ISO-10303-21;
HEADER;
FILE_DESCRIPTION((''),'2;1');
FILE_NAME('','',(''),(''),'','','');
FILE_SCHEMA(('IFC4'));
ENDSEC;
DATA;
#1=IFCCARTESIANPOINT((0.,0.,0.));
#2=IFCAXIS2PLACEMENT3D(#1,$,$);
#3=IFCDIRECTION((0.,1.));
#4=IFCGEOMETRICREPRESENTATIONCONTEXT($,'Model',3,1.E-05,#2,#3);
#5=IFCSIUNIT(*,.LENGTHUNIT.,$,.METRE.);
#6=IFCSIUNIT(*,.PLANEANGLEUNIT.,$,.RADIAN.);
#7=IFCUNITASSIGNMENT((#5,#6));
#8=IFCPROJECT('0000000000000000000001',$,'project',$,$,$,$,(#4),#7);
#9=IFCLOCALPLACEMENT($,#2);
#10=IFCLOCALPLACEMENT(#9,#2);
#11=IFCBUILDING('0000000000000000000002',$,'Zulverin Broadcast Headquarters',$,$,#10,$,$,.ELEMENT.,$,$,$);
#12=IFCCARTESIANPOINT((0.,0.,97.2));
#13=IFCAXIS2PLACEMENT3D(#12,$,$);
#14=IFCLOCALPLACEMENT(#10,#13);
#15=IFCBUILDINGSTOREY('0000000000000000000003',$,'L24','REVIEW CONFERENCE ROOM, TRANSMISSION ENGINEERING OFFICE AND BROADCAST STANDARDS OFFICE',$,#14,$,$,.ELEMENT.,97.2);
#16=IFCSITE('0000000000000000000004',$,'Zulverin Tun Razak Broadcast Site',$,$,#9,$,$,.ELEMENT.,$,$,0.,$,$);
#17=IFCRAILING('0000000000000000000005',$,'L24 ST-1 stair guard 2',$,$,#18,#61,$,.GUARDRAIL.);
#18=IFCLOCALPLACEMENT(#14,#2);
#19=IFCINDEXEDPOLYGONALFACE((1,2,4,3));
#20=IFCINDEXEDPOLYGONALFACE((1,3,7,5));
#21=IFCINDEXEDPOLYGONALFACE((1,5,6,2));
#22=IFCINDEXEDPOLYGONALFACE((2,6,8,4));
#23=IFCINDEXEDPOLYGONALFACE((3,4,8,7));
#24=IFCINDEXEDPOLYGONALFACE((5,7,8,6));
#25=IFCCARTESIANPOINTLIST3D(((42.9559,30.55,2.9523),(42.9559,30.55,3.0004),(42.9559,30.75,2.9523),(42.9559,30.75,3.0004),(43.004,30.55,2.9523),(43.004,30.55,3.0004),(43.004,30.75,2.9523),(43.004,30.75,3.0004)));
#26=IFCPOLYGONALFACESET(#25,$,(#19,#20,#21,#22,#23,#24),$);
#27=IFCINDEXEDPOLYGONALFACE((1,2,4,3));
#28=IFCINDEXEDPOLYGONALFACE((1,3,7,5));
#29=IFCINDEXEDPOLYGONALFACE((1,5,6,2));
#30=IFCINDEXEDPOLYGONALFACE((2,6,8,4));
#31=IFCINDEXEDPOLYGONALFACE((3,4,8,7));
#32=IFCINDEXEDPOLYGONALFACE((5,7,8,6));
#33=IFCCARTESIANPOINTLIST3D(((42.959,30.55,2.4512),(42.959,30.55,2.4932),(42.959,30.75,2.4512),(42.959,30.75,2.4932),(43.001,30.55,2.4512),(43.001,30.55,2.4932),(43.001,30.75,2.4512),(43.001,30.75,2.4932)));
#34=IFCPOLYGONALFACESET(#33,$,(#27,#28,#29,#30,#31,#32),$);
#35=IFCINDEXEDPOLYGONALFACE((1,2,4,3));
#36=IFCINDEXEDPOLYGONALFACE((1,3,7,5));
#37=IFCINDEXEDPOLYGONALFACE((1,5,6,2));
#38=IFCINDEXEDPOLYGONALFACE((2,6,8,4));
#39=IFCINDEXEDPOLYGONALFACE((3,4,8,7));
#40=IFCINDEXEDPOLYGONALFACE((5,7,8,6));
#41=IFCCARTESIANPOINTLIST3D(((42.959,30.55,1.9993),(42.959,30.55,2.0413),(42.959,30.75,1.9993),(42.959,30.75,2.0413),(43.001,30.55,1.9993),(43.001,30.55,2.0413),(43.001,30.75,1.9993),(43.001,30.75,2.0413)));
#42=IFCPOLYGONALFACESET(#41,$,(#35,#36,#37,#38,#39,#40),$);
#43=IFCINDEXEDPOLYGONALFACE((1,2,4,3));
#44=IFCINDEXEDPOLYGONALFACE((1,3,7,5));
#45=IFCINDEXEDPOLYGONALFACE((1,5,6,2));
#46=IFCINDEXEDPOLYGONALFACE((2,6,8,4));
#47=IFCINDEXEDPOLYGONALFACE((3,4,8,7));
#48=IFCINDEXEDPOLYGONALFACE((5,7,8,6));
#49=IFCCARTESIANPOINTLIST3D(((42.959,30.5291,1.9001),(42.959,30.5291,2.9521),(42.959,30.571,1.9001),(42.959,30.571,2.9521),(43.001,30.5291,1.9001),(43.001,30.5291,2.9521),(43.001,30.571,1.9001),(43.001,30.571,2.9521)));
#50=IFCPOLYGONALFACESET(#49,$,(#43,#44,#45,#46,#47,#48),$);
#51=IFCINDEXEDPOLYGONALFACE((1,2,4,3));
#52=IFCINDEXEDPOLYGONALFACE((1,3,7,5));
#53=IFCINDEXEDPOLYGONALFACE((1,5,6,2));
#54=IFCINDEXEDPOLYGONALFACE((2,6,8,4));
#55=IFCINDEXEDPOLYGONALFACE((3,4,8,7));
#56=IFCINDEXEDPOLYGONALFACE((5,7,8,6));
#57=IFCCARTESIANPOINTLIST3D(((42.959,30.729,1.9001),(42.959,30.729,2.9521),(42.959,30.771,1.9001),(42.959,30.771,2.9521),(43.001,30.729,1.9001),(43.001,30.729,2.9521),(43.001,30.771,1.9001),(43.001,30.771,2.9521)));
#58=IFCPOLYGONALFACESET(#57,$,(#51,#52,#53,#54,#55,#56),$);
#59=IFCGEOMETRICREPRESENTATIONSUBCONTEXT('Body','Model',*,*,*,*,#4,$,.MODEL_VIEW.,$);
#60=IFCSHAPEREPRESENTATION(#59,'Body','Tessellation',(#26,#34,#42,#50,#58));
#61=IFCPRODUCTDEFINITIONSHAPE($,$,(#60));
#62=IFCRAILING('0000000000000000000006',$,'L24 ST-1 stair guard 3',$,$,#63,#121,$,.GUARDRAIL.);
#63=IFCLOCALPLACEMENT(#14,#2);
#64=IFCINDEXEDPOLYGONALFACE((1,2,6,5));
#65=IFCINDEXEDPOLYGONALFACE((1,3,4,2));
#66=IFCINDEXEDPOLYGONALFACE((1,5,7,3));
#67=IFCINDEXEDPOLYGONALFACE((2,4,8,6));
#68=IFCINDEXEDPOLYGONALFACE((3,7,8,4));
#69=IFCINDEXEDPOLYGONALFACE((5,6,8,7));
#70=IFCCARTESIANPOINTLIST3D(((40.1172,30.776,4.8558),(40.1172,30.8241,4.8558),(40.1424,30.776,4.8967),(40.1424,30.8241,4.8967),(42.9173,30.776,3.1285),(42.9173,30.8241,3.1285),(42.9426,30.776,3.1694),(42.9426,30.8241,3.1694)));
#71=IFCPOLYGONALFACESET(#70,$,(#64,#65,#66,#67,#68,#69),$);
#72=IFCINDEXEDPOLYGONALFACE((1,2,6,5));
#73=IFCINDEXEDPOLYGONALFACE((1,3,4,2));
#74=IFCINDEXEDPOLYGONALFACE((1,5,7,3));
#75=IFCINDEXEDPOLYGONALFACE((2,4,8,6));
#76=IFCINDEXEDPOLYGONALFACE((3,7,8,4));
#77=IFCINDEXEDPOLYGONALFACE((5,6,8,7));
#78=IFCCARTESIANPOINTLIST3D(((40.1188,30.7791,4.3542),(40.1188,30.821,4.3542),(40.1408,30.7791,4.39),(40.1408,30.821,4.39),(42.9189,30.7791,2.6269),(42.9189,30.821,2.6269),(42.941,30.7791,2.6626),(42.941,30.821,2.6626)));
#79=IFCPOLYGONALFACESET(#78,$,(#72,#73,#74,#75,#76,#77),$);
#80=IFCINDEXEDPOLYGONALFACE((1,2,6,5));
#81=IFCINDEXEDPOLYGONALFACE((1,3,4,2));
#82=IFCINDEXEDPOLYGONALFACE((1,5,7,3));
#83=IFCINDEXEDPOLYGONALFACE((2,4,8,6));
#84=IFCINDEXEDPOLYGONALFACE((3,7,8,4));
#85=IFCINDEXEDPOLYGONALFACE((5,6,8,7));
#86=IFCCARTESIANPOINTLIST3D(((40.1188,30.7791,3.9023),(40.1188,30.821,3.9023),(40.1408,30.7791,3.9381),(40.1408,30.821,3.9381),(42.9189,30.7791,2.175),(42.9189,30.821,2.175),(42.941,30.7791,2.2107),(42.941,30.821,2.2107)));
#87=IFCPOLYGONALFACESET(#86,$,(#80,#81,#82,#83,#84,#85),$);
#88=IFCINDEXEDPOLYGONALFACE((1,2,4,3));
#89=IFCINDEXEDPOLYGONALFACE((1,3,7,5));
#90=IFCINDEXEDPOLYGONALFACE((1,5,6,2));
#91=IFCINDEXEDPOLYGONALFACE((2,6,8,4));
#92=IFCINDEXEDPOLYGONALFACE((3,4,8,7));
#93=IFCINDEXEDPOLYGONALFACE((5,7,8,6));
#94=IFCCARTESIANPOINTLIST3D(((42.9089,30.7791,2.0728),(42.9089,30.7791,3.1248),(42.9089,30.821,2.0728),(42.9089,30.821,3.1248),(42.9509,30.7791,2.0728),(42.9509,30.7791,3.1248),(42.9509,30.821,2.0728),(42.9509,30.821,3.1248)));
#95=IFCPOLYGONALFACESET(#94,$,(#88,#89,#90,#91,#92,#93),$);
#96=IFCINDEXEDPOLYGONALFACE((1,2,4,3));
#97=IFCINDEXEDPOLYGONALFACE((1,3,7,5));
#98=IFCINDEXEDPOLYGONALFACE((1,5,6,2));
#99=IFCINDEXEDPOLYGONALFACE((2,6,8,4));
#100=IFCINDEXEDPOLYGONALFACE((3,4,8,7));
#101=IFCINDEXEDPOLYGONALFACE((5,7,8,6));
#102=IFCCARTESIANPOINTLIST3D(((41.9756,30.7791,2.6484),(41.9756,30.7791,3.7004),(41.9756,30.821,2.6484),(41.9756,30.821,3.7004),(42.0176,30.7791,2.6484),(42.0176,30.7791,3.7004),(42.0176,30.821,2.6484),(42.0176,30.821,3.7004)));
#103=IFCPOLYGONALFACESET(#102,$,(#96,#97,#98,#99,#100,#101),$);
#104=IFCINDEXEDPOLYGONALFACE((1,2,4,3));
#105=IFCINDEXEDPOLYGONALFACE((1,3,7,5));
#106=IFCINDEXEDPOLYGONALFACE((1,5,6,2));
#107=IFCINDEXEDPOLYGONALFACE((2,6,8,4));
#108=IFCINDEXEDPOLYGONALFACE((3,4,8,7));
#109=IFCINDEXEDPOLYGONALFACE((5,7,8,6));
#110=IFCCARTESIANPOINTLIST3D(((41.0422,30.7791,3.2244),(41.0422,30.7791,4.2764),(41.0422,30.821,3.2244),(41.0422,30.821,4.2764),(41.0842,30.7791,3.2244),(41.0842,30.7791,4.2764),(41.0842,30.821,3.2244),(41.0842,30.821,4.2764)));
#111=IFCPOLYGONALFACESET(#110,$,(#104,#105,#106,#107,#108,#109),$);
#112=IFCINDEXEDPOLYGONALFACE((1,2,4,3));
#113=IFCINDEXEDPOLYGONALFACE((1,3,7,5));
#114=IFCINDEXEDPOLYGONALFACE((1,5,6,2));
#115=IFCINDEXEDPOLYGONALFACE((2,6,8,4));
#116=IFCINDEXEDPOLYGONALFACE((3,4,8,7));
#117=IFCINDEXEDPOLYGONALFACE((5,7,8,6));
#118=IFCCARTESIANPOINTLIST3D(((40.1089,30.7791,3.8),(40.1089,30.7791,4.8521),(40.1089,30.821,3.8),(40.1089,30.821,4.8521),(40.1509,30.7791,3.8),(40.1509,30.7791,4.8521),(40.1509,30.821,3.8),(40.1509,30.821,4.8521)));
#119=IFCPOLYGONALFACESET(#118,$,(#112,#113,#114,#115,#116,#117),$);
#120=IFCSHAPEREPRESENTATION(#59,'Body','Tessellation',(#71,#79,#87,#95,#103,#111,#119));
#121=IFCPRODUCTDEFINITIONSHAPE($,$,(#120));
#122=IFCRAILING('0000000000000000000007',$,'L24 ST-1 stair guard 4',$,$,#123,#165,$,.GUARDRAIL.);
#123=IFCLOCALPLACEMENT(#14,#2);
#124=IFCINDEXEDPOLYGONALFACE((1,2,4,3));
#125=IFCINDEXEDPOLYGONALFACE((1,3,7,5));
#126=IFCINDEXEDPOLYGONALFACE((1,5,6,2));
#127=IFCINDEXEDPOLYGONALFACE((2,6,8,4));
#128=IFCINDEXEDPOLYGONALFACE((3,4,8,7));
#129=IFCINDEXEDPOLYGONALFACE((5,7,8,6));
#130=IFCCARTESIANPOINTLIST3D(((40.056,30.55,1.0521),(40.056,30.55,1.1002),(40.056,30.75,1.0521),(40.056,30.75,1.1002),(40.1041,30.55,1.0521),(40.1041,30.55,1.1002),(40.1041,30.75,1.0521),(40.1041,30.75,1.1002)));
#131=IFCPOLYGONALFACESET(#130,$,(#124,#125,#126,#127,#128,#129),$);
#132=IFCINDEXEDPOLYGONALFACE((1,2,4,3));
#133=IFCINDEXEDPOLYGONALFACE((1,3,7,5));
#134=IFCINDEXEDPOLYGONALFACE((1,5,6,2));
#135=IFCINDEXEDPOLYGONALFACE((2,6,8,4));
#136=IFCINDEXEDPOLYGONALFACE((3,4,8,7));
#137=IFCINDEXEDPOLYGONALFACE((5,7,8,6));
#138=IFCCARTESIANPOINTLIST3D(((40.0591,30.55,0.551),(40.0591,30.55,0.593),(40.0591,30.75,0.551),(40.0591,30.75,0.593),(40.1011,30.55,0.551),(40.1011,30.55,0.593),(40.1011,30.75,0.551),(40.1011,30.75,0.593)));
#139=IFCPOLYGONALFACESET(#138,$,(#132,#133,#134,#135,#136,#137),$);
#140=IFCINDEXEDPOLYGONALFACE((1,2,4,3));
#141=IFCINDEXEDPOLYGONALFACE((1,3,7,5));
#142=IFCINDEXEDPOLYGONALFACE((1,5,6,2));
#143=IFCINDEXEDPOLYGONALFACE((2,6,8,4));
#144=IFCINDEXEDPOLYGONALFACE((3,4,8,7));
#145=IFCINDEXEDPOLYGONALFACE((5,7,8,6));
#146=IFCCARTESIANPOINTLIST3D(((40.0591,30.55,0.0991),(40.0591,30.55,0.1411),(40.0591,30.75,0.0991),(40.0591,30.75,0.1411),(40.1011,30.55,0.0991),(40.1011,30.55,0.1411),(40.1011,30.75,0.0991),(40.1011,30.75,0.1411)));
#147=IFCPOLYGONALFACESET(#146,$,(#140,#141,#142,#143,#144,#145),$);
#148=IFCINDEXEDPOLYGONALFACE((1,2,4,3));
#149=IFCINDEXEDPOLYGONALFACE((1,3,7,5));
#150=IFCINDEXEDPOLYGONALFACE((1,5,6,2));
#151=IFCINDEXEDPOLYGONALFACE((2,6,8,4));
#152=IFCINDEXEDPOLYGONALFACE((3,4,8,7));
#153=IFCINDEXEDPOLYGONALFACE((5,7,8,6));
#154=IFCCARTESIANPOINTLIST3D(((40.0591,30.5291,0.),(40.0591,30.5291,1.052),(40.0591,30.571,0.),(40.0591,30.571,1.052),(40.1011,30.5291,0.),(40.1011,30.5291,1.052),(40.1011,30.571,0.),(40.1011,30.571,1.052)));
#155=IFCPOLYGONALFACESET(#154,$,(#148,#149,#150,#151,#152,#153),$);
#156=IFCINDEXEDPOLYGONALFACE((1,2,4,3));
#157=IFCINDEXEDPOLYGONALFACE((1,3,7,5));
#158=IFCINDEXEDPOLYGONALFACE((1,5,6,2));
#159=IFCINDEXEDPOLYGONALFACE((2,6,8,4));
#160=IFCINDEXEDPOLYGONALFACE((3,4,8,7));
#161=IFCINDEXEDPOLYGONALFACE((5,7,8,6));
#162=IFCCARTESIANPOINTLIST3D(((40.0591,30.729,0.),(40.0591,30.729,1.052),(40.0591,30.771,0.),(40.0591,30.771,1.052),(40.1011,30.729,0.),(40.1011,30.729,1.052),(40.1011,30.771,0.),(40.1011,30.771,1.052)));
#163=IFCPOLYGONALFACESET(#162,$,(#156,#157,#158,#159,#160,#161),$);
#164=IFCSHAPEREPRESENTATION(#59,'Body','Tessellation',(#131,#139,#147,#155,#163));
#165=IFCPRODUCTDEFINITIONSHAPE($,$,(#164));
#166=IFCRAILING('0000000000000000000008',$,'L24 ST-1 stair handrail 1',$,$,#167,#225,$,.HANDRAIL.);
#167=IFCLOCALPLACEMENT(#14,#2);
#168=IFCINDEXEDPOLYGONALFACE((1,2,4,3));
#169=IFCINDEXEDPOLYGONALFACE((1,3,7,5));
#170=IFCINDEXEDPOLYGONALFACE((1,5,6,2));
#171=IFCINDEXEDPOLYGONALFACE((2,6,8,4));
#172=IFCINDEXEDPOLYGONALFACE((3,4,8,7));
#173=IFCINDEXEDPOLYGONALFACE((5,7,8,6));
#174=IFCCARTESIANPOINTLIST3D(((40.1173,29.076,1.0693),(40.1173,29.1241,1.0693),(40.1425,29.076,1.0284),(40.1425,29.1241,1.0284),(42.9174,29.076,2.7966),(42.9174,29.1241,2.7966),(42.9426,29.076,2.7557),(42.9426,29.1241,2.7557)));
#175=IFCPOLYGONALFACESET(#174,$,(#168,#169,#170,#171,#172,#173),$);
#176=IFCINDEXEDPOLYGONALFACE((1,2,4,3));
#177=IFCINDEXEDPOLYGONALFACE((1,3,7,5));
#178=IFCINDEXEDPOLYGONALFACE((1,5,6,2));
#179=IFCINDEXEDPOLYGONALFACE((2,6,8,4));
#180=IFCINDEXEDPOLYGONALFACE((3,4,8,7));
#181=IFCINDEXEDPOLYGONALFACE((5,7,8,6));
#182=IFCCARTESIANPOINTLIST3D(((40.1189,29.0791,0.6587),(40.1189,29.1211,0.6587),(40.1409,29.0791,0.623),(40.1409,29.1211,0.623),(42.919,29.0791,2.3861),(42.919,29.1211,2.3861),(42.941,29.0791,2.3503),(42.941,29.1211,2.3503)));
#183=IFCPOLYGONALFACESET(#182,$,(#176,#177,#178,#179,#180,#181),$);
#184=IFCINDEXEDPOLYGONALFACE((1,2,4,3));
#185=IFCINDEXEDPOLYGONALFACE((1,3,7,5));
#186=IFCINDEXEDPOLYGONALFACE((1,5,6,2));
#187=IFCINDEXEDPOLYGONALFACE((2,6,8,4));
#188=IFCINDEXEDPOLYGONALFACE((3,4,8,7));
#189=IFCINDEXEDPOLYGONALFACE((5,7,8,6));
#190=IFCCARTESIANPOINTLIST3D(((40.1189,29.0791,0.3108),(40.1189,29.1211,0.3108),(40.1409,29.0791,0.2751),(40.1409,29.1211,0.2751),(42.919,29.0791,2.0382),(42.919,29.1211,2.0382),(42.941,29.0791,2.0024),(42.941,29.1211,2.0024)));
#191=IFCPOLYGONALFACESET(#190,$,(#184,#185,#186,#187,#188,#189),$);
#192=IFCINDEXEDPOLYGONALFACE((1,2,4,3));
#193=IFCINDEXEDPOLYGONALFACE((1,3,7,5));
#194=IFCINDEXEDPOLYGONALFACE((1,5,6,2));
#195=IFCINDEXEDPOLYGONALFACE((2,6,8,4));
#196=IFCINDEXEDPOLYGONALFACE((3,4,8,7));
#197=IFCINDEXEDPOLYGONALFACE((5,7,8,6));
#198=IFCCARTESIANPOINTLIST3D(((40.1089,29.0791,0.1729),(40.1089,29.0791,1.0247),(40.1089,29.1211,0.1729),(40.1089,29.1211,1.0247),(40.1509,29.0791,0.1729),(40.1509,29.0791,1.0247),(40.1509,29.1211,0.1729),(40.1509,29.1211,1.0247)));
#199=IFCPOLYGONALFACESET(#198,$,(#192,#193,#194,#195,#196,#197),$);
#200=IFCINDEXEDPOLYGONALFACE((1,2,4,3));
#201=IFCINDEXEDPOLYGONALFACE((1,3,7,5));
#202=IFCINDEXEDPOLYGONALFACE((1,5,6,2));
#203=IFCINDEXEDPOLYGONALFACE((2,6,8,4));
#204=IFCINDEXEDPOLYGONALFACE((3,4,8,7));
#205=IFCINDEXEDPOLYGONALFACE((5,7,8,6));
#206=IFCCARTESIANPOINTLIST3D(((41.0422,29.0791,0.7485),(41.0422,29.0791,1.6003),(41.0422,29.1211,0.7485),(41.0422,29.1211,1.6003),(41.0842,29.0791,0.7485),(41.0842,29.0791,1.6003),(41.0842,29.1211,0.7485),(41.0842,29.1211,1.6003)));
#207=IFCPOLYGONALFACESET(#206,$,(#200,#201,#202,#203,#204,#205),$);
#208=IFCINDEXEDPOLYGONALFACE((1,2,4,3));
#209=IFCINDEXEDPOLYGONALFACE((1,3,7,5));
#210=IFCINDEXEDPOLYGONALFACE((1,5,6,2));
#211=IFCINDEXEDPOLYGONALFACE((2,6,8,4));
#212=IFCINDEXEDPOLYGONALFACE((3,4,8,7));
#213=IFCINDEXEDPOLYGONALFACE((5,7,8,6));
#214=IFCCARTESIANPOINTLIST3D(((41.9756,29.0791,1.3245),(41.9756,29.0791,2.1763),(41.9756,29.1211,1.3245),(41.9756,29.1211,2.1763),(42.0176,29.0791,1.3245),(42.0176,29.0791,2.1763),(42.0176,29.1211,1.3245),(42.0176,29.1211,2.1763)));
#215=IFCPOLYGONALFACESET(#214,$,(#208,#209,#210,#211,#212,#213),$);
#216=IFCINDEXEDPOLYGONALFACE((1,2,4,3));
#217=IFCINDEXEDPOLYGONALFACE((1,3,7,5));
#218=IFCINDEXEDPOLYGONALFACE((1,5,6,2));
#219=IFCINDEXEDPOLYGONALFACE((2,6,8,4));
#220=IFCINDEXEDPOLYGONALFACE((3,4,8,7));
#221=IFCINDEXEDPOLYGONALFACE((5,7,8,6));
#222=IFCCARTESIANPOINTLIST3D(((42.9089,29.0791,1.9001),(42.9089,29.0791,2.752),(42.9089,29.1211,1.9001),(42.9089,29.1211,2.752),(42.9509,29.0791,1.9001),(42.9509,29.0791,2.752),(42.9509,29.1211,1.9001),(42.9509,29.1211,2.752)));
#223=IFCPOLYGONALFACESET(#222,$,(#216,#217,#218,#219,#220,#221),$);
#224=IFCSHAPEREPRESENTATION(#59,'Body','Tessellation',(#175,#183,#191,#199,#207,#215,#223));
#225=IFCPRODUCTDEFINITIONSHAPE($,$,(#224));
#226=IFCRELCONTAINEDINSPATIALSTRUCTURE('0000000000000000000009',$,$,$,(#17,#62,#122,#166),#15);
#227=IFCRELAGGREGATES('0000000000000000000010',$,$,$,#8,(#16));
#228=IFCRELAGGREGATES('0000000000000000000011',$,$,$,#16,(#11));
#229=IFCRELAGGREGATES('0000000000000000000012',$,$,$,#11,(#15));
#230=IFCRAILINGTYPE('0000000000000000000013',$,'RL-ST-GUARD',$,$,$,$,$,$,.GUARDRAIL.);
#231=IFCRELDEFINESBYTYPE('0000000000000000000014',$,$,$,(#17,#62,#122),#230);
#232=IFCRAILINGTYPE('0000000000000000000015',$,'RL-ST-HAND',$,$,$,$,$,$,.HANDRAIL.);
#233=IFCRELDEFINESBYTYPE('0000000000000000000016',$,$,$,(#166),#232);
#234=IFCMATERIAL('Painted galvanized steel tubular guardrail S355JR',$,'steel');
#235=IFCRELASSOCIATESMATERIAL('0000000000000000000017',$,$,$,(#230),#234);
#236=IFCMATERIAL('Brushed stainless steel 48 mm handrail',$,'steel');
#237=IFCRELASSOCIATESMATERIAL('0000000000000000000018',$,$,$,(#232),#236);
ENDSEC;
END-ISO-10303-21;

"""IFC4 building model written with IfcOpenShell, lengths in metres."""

from ifc_helpers import new_model, si_unit, direction, frame, origin, origin_2d, place, context, subcontext, project, spatial, rectangle, extrude, material, type_object, element, save


model = new_model("IFC4")

# Units and contexts
model_context = context("Model", 3, precision=1e-05, world=origin(), true_north=direction((0.0, 1.0)))
body_context = subcontext(model_context, "Body", "Model", "MODEL_VIEW")
ifc_project = project(units=[si_unit("LENGTHUNIT", "METRE"), si_unit("PLANEANGLEUNIT", "RADIAN")], contexts=[model_context])

# Site, building, storey
site_placement = place(None, origin())
site = spatial("IfcSite", under=ifc_project, at=site_placement, Name="Zulverin Tun Razak Broadcast Site", CompositionType="ELEMENT", RefElevation=0.0)
building_placement = place(site_placement, origin())
building = spatial("IfcBuilding", under=site, at=building_placement, Name="Zulverin Broadcast Headquarters", CompositionType="ELEMENT")
storey_placement = place(building_placement, frame((0.0, 0.0, 97.2)))
storey = spatial("IfcBuildingStorey", under=building, at=storey_placement, Name="L24", Description="REVIEW CONFERENCE ROOM, TRANSMISSION ENGINEERING OFFICE AND BROADCAST STANDARDS OFFICE", CompositionType="ELEMENT", Elevation=97.2)

# Railings
ifc_material_1 = material(Name="Painted galvanized steel tubular guardrail S355JR", Category="steel")
railing_type_1 = type_object("IfcRailingType", Name="RL-ST-GUARD", PredefinedType="GUARDRAIL", material=ifc_material_1)
railing_1_placement = place(storey_placement, frame((42.98, 30.55, 1.9001)))
element("IfcRailing", 1, at=railing_1_placement, inside=storey, type_object=railing_type_1, Name="L24 ST-1 stair guard 2", PredefinedType="GUARDRAIL", context=body_context, shape_type="SweptSolid", body=[
    extrude(rectangle(XDim=0.0481, YDim=0.0481, at=origin_2d()), frame((0.0, 0.0, 1.0762), z_axis=(0.0, 1.0, 0.0), x_axis=(-1.0, 0.0, 0.0)), (0.0, 0.0, 1.0), 0.2),
    extrude(rectangle(XDim=0.042, YDim=0.042, at=origin_2d()), frame((0.0, 0.0, 0.572), z_axis=(0.0, 1.0, 0.0), x_axis=(-1.0, 0.0, 0.0)), (0.0, 0.0, 1.0), 0.2),
    extrude(rectangle(XDim=0.042, YDim=0.042, at=origin_2d()), frame((0.0, 0.0, 0.1201), z_axis=(0.0, 1.0, 0.0), x_axis=(-1.0, 0.0, 0.0)), (0.0, 0.0, 1.0), 0.2),
    extrude(rectangle(XDim=0.042, YDim=0.042, at=origin_2d()), origin(), (0.0, 0.0, 1.0), 1.052),
    extrude(rectangle(XDim=0.042, YDim=0.042, at=origin_2d()), frame((0.0, 0.2, 0.0)), (0.0, 0.0, 1.0), 1.052),
])
railing_2_placement = place(storey_placement, frame((42.9299, 30.8, 2.0728)))
element("IfcRailing", 2, at=railing_2_placement, inside=storey, type_object=railing_type_1, Name="L24 ST-1 stair guard 3", PredefinedType="GUARDRAIL", context=body_context, shape_type="SweptSolid", body=[
    extrude(rectangle(XDim=0.0481, YDim=0.0481, at=origin_2d()), frame((0.0, 0.0, 1.0762), z_axis=(-0.85109, 0.0, 0.52502), x_axis=(0.0, -1.0, 0.0)), (0.0, 0.0, 1.0), 3.29),
    extrude(rectangle(XDim=0.042, YDim=0.042, at=origin_2d()), frame((0.0, 0.0, 0.572), z_axis=(-0.85109, 0.0, 0.52502), x_axis=(0.0, -1.0, 0.0)), (0.0, 0.0, 1.0), 3.29),
    extrude(rectangle(XDim=0.042, YDim=0.042, at=origin_2d()), frame((0.0, 0.0, 0.1201), z_axis=(-0.85109, 0.0, 0.52502), x_axis=(0.0, -1.0, 0.0)), (0.0, 0.0, 1.0), 3.29),
    extrude(rectangle(XDim=0.042, YDim=0.042, at=origin_2d()), origin(), (0.0, 0.0, 1.0), 1.052),
    extrude(rectangle(XDim=0.042, YDim=0.042, at=origin_2d()), frame((-0.9333, 0.0, 0.5757)), (0.0, 0.0, 1.0), 1.052),
    extrude(rectangle(XDim=0.042, YDim=0.042, at=origin_2d()), frame((-1.8667, 0.0, 1.1516)), (0.0, 0.0, 1.0), 1.052),
    extrude(rectangle(XDim=0.042, YDim=0.042, at=origin_2d()), frame((-2.8, 0.0, 1.7273)), (0.0, 0.0, 1.0), 1.052),
])
railing_3_placement = place(storey_placement, frame((40.0801, 30.55, 0.0)))
element("IfcRailing", 3, at=railing_3_placement, inside=storey, type_object=railing_type_1, Name="L24 ST-1 stair guard 4", PredefinedType="GUARDRAIL", context=body_context, shape_type="SweptSolid", body=[
    extrude(rectangle(XDim=0.0481, YDim=0.0481, at=origin_2d()), frame((0.0, 0.0, 1.0762), z_axis=(0.0, 1.0, 0.0), x_axis=(-1.0, 0.0, 0.0)), (0.0, 0.0, 1.0), 0.2),
    extrude(rectangle(XDim=0.042, YDim=0.042, at=origin_2d()), frame((0.0, 0.0, 0.572), z_axis=(0.0, 1.0, 0.0), x_axis=(-1.0, 0.0, 0.0)), (0.0, 0.0, 1.0), 0.2),
    extrude(rectangle(XDim=0.042, YDim=0.042, at=origin_2d()), frame((0.0, 0.0, 0.1201), z_axis=(0.0, 1.0, 0.0), x_axis=(-1.0, 0.0, 0.0)), (0.0, 0.0, 1.0), 0.2),
    extrude(rectangle(XDim=0.042, YDim=0.042, at=origin_2d()), origin(), (0.0, 0.0, 1.0), 1.052),
    extrude(rectangle(XDim=0.042, YDim=0.042, at=origin_2d()), frame((0.0, 0.2, 0.0)), (0.0, 0.0, 1.0), 1.052),
])
ifc_material_2 = material(Name="Brushed stainless steel 48 mm handrail", Category="steel")
railing_type_2 = type_object("IfcRailingType", Name="RL-ST-HAND", PredefinedType="HANDRAIL", material=ifc_material_2)
railing_4_placement = place(storey_placement, frame((40.1299, 29.1001, 0.1729)))
element("IfcRailing", 4, at=railing_4_placement, inside=storey, type_object=railing_type_2, Name="L24 ST-1 stair handrail 1", PredefinedType="HANDRAIL", context=body_context, shape_type="SweptSolid", body=[
    extrude(rectangle(XDim=0.0481, YDim=0.0481, at=origin_2d()), frame((0.0, 0.0, 0.876), z_axis=(0.85109, 0.0, 0.52502), x_axis=(0.0, 1.0, 0.0)), (0.0, 0.0, 1.0), 3.29),
    extrude(rectangle(XDim=0.042, YDim=0.042, at=origin_2d()), frame((0.0, 0.0, 0.468), z_axis=(0.85109, 0.0, 0.52502), x_axis=(0.0, 1.0, 0.0)), (0.0, 0.0, 1.0), 3.29),
    extrude(rectangle(XDim=0.042, YDim=0.042, at=origin_2d()), frame((0.0, 0.0, 0.1201), z_axis=(0.85109, 0.0, 0.52502), x_axis=(0.0, 1.0, 0.0)), (0.0, 0.0, 1.0), 3.29),
    extrude(rectangle(XDim=0.042, YDim=0.042, at=origin_2d()), origin(), (0.0, 0.0, 1.0), 0.8518),
    extrude(rectangle(XDim=0.042, YDim=0.042, at=origin_2d()), frame((0.9333, 0.0, 0.5757)), (0.0, 0.0, 1.0), 0.8518),
    extrude(rectangle(XDim=0.042, YDim=0.042, at=origin_2d()), frame((1.8667, 0.0, 1.1516)), (0.0, 0.0, 1.0), 0.8518),
    extrude(rectangle(XDim=0.042, YDim=0.042, at=origin_2d()), frame((2.8, 0.0, 1.7273)), (0.0, 0.0, 1.0), 0.8518),
])

save(model, "model.ifc")
